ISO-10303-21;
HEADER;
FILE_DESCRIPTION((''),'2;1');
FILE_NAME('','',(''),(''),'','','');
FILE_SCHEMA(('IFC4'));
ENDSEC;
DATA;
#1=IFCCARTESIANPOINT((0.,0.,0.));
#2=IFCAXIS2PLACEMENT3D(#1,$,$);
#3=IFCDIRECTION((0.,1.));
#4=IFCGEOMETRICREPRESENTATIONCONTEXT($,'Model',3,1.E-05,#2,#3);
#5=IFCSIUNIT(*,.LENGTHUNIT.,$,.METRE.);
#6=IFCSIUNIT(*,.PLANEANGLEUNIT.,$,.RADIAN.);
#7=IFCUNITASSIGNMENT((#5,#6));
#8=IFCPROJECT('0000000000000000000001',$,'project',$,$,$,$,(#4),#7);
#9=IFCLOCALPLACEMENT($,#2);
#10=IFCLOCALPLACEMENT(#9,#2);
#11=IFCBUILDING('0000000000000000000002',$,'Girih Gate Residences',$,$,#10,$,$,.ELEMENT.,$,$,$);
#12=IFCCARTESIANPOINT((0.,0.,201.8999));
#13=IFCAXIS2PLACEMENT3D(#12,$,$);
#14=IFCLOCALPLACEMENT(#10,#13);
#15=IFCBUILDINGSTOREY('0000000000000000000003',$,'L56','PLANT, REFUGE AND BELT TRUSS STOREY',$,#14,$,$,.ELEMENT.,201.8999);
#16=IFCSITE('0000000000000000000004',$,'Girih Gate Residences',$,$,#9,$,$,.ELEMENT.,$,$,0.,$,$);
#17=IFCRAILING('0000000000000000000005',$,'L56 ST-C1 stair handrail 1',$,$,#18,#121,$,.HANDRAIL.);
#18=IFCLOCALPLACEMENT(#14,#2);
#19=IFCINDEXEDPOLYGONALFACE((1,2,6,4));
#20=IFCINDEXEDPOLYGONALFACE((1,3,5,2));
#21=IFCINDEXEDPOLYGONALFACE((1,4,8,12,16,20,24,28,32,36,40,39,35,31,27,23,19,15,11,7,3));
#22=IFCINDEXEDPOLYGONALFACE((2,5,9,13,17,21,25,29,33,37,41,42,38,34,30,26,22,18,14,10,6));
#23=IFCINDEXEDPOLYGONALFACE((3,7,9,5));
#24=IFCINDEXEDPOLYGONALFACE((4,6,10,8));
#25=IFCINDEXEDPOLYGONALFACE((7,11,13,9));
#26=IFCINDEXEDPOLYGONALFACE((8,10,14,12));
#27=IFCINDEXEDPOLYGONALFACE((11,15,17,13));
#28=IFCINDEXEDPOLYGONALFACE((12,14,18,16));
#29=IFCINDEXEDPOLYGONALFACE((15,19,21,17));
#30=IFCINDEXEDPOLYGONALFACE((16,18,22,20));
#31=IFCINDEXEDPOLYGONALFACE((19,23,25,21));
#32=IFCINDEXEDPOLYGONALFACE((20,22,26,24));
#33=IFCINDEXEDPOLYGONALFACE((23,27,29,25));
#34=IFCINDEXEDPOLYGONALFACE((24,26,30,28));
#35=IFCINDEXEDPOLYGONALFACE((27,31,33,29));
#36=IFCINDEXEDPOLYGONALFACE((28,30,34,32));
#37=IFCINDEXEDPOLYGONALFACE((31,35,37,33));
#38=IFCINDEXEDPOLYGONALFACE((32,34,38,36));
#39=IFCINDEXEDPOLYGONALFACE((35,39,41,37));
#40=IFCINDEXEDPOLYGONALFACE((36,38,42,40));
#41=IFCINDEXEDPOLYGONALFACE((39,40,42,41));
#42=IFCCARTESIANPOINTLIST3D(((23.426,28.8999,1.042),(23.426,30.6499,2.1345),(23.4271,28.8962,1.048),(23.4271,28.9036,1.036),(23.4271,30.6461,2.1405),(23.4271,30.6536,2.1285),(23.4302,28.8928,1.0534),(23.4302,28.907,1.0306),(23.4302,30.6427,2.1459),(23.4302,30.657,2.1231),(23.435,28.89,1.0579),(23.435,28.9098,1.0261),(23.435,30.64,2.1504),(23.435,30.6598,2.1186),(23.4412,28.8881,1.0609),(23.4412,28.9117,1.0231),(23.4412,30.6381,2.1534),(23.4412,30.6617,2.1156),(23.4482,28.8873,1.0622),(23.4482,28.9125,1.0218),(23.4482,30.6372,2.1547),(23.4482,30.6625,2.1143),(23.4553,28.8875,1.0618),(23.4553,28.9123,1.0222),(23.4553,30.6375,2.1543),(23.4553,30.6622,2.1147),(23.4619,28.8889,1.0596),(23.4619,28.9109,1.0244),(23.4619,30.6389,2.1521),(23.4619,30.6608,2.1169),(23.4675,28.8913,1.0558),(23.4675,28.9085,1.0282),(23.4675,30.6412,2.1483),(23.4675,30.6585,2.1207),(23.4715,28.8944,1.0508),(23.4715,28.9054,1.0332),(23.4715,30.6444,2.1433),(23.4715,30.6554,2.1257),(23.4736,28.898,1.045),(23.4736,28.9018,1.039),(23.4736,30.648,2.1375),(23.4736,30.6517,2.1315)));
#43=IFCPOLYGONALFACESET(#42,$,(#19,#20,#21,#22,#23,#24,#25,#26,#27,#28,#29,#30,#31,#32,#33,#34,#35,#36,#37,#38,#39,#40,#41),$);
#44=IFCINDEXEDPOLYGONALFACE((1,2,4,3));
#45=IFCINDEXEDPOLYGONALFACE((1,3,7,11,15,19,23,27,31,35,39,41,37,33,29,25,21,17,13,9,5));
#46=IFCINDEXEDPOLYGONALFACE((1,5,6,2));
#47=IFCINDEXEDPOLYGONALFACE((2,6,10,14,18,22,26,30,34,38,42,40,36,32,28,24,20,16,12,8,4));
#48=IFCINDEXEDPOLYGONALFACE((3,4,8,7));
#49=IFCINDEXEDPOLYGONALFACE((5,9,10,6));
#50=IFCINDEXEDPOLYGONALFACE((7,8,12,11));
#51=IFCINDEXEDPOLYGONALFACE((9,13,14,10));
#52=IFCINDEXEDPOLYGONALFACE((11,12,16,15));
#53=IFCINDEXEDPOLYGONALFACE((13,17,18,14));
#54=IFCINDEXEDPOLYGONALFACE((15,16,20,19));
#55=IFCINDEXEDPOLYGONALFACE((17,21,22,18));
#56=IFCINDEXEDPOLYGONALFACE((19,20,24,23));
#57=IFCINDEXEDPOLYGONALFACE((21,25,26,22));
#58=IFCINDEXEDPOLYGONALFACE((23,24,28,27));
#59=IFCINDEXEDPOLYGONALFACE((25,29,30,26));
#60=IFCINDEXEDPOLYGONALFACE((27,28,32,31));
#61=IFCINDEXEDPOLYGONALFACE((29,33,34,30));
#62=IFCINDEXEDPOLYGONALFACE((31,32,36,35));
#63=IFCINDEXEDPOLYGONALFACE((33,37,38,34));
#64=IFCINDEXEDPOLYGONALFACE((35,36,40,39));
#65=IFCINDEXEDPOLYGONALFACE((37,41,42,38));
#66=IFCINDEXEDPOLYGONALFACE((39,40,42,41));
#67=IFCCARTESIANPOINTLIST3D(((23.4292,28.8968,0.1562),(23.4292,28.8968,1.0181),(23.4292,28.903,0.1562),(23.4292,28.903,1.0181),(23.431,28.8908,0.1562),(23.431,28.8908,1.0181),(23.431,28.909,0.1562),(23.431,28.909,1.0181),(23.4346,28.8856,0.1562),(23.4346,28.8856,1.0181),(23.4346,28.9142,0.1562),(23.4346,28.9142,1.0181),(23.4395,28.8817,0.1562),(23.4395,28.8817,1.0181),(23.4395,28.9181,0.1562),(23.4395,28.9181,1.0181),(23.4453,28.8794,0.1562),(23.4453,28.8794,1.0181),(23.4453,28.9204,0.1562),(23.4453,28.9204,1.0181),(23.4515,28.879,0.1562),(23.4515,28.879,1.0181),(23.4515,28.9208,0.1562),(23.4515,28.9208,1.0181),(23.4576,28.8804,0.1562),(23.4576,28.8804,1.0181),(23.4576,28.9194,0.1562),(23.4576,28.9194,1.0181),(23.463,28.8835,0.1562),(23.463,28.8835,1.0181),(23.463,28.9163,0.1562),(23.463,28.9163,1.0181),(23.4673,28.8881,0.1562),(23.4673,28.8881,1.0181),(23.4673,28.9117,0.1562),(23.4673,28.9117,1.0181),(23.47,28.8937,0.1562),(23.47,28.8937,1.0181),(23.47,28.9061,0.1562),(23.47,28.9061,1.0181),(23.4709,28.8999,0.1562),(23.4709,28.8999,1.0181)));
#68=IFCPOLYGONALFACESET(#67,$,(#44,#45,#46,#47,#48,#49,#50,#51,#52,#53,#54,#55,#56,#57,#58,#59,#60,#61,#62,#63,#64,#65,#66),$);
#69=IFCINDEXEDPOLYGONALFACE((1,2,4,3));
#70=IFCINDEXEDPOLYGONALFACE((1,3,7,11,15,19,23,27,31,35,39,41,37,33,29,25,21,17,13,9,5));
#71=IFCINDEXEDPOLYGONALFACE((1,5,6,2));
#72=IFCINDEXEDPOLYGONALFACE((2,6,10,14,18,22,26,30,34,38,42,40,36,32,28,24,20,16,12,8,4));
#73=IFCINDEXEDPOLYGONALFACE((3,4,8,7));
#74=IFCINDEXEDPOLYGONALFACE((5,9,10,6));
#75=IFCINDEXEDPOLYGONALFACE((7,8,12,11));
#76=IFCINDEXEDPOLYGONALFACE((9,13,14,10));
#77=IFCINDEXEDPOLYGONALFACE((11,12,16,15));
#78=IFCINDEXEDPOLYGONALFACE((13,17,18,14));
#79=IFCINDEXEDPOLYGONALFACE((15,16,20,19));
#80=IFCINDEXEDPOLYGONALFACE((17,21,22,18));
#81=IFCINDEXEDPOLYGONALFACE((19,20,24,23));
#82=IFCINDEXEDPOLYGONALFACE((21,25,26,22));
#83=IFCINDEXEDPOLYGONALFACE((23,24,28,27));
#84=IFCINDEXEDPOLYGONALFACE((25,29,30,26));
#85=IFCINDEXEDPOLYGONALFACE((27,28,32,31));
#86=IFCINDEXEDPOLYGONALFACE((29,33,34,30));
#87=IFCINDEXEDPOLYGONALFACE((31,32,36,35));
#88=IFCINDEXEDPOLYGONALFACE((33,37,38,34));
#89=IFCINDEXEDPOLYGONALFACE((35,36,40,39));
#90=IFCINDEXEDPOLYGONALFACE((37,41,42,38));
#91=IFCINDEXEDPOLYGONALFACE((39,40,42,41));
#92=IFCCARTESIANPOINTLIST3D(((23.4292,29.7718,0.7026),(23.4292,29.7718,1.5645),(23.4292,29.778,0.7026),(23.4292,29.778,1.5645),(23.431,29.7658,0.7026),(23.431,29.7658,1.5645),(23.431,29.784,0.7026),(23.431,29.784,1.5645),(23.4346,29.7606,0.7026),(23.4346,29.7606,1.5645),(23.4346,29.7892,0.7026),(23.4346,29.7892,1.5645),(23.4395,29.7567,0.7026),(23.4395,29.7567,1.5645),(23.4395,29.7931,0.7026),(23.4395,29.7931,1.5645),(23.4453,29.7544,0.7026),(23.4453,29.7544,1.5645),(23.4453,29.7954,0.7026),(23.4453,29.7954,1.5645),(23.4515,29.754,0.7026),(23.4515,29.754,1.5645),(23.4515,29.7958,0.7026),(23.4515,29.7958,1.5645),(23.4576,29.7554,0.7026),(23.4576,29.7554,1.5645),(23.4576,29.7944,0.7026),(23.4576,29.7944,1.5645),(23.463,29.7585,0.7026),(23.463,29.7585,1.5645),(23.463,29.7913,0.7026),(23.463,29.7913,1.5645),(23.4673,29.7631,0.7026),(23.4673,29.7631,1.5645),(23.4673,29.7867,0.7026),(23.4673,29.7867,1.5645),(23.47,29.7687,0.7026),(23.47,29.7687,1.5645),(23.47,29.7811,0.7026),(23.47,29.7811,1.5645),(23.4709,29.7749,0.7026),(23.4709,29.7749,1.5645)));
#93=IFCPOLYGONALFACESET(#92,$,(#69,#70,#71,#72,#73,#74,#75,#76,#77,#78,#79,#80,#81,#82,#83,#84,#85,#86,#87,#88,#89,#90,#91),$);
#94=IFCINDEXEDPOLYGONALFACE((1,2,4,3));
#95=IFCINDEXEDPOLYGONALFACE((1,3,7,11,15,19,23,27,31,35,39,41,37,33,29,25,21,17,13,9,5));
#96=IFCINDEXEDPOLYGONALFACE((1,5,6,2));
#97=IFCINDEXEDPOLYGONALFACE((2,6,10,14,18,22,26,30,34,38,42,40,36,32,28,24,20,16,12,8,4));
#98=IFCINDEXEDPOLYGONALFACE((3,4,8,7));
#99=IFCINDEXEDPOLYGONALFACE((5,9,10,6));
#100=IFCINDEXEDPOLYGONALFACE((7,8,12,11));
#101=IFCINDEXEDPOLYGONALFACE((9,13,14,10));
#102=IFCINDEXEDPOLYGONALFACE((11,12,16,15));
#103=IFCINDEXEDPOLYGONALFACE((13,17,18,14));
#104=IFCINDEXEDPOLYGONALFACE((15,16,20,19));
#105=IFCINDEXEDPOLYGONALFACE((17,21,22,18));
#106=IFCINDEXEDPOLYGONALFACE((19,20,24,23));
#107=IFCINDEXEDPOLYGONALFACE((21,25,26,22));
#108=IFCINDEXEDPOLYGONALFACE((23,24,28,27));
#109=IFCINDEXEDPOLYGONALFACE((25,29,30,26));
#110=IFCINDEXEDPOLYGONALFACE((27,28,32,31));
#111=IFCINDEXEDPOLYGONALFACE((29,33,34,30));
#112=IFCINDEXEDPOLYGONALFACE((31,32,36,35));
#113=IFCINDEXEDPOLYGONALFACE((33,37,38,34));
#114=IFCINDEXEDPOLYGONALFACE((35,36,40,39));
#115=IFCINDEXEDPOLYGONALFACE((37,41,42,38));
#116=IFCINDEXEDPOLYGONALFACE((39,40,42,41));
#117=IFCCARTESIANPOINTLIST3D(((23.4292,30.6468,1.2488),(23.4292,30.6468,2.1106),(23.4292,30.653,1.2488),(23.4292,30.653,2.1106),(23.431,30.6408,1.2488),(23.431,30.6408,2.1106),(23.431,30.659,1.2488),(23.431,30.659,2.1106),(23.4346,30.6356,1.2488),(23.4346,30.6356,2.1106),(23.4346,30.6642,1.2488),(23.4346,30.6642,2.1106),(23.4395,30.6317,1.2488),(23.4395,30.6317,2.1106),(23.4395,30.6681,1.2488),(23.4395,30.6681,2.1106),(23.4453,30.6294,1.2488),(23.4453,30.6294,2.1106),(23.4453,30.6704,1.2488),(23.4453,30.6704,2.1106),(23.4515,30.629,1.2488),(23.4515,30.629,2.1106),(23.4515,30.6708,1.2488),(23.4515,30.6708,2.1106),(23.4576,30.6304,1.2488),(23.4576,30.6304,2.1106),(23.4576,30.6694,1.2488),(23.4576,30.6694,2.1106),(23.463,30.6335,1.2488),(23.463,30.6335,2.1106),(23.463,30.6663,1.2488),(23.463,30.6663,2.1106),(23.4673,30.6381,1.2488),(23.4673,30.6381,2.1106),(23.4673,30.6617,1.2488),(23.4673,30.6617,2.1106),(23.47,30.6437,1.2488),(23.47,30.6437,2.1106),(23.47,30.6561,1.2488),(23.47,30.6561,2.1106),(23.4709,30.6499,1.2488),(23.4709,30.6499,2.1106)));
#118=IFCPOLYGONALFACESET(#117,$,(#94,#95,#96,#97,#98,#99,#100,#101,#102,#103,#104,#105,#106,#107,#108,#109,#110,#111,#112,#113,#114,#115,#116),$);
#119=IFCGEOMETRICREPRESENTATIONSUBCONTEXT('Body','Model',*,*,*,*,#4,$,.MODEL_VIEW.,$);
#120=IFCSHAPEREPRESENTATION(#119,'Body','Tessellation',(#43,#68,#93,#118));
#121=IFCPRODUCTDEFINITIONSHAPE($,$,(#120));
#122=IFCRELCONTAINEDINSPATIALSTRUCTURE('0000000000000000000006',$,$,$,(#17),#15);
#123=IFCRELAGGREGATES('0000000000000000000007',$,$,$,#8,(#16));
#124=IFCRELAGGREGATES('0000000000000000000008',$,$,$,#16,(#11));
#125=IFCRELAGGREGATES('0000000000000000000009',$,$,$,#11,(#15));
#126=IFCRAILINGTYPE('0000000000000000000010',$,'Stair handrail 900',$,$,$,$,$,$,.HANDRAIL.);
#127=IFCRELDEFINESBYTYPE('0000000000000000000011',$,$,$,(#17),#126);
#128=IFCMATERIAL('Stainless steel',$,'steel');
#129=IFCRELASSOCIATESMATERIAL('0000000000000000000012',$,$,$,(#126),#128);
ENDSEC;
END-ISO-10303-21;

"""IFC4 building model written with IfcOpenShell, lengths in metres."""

from ifc_helpers import new_model, si_unit, direction, frame, origin, origin_2d, place, context, subcontext, project, spatial, circle, extrude, material, type_object, element, save


model = new_model("IFC4")

# Units and contexts
model_context = context("Model", 3, precision=1e-05, world=origin(), true_north=direction((0.0, 1.0)))
body_context = subcontext(model_context, "Body", "Model", "MODEL_VIEW")
ifc_project = project(units=[si_unit("LENGTHUNIT", "METRE"), si_unit("PLANEANGLEUNIT", "RADIAN")], contexts=[model_context])

# Site, building, storey
site_placement = place(None, origin())
site = spatial("IfcSite", under=ifc_project, at=site_placement, Name="Girih Gate Residences", CompositionType="ELEMENT", RefElevation=0.0)
building_placement = place(site_placement, origin())
building = spatial("IfcBuilding", under=site, at=building_placement, Name="Girih Gate Residences", CompositionType="ELEMENT")
storey_placement = place(building_placement, frame((0.0, 0.0, 201.8999)))
storey = spatial("IfcBuildingStorey", under=building, at=storey_placement, Name="L56", Description="PLANT, REFUGE AND BELT TRUSS STOREY", CompositionType="ELEMENT", Elevation=201.8999)

# Railing
ifc_material_1 = material(Name="Stainless steel", Category="steel")
railing_type_1 = type_object("IfcRailingType", Name="Stair handrail 900", PredefinedType="HANDRAIL", material=ifc_material_1)
railing_1_placement = place(storey_placement, frame((23.45, 28.8999, 0.1562)))
element("IfcRailing", 1, at=railing_1_placement, inside=storey, type_object=railing_type_1, Name="L56 ST-C1 stair handrail 1", PredefinedType="HANDRAIL", context=body_context, shape_type="SweptSolid", body=[
    extrude(circle(Radius=0.0239, at=origin_2d()), frame((0.0, 0.0, 0.8857), z_axis=(0.0, 0.848264, 0.529573), x_axis=(-1.0, 0.0, 0.0)), (0.0, 0.0, 1.0), 2.063),
    extrude(circle(Radius=0.021, at=origin_2d()), origin(), (0.0, 0.0, 1.0), 0.8618),
    extrude(circle(Radius=0.021, at=origin_2d()), frame((0.0, 0.875, 0.5464)), (0.0, 0.0, 1.0), 0.8618),
    extrude(circle(Radius=0.021, at=origin_2d()), frame((0.0, 1.75, 1.0925)), (0.0, 0.0, 1.0), 0.8618),
])

save(model, "model.ifc")
